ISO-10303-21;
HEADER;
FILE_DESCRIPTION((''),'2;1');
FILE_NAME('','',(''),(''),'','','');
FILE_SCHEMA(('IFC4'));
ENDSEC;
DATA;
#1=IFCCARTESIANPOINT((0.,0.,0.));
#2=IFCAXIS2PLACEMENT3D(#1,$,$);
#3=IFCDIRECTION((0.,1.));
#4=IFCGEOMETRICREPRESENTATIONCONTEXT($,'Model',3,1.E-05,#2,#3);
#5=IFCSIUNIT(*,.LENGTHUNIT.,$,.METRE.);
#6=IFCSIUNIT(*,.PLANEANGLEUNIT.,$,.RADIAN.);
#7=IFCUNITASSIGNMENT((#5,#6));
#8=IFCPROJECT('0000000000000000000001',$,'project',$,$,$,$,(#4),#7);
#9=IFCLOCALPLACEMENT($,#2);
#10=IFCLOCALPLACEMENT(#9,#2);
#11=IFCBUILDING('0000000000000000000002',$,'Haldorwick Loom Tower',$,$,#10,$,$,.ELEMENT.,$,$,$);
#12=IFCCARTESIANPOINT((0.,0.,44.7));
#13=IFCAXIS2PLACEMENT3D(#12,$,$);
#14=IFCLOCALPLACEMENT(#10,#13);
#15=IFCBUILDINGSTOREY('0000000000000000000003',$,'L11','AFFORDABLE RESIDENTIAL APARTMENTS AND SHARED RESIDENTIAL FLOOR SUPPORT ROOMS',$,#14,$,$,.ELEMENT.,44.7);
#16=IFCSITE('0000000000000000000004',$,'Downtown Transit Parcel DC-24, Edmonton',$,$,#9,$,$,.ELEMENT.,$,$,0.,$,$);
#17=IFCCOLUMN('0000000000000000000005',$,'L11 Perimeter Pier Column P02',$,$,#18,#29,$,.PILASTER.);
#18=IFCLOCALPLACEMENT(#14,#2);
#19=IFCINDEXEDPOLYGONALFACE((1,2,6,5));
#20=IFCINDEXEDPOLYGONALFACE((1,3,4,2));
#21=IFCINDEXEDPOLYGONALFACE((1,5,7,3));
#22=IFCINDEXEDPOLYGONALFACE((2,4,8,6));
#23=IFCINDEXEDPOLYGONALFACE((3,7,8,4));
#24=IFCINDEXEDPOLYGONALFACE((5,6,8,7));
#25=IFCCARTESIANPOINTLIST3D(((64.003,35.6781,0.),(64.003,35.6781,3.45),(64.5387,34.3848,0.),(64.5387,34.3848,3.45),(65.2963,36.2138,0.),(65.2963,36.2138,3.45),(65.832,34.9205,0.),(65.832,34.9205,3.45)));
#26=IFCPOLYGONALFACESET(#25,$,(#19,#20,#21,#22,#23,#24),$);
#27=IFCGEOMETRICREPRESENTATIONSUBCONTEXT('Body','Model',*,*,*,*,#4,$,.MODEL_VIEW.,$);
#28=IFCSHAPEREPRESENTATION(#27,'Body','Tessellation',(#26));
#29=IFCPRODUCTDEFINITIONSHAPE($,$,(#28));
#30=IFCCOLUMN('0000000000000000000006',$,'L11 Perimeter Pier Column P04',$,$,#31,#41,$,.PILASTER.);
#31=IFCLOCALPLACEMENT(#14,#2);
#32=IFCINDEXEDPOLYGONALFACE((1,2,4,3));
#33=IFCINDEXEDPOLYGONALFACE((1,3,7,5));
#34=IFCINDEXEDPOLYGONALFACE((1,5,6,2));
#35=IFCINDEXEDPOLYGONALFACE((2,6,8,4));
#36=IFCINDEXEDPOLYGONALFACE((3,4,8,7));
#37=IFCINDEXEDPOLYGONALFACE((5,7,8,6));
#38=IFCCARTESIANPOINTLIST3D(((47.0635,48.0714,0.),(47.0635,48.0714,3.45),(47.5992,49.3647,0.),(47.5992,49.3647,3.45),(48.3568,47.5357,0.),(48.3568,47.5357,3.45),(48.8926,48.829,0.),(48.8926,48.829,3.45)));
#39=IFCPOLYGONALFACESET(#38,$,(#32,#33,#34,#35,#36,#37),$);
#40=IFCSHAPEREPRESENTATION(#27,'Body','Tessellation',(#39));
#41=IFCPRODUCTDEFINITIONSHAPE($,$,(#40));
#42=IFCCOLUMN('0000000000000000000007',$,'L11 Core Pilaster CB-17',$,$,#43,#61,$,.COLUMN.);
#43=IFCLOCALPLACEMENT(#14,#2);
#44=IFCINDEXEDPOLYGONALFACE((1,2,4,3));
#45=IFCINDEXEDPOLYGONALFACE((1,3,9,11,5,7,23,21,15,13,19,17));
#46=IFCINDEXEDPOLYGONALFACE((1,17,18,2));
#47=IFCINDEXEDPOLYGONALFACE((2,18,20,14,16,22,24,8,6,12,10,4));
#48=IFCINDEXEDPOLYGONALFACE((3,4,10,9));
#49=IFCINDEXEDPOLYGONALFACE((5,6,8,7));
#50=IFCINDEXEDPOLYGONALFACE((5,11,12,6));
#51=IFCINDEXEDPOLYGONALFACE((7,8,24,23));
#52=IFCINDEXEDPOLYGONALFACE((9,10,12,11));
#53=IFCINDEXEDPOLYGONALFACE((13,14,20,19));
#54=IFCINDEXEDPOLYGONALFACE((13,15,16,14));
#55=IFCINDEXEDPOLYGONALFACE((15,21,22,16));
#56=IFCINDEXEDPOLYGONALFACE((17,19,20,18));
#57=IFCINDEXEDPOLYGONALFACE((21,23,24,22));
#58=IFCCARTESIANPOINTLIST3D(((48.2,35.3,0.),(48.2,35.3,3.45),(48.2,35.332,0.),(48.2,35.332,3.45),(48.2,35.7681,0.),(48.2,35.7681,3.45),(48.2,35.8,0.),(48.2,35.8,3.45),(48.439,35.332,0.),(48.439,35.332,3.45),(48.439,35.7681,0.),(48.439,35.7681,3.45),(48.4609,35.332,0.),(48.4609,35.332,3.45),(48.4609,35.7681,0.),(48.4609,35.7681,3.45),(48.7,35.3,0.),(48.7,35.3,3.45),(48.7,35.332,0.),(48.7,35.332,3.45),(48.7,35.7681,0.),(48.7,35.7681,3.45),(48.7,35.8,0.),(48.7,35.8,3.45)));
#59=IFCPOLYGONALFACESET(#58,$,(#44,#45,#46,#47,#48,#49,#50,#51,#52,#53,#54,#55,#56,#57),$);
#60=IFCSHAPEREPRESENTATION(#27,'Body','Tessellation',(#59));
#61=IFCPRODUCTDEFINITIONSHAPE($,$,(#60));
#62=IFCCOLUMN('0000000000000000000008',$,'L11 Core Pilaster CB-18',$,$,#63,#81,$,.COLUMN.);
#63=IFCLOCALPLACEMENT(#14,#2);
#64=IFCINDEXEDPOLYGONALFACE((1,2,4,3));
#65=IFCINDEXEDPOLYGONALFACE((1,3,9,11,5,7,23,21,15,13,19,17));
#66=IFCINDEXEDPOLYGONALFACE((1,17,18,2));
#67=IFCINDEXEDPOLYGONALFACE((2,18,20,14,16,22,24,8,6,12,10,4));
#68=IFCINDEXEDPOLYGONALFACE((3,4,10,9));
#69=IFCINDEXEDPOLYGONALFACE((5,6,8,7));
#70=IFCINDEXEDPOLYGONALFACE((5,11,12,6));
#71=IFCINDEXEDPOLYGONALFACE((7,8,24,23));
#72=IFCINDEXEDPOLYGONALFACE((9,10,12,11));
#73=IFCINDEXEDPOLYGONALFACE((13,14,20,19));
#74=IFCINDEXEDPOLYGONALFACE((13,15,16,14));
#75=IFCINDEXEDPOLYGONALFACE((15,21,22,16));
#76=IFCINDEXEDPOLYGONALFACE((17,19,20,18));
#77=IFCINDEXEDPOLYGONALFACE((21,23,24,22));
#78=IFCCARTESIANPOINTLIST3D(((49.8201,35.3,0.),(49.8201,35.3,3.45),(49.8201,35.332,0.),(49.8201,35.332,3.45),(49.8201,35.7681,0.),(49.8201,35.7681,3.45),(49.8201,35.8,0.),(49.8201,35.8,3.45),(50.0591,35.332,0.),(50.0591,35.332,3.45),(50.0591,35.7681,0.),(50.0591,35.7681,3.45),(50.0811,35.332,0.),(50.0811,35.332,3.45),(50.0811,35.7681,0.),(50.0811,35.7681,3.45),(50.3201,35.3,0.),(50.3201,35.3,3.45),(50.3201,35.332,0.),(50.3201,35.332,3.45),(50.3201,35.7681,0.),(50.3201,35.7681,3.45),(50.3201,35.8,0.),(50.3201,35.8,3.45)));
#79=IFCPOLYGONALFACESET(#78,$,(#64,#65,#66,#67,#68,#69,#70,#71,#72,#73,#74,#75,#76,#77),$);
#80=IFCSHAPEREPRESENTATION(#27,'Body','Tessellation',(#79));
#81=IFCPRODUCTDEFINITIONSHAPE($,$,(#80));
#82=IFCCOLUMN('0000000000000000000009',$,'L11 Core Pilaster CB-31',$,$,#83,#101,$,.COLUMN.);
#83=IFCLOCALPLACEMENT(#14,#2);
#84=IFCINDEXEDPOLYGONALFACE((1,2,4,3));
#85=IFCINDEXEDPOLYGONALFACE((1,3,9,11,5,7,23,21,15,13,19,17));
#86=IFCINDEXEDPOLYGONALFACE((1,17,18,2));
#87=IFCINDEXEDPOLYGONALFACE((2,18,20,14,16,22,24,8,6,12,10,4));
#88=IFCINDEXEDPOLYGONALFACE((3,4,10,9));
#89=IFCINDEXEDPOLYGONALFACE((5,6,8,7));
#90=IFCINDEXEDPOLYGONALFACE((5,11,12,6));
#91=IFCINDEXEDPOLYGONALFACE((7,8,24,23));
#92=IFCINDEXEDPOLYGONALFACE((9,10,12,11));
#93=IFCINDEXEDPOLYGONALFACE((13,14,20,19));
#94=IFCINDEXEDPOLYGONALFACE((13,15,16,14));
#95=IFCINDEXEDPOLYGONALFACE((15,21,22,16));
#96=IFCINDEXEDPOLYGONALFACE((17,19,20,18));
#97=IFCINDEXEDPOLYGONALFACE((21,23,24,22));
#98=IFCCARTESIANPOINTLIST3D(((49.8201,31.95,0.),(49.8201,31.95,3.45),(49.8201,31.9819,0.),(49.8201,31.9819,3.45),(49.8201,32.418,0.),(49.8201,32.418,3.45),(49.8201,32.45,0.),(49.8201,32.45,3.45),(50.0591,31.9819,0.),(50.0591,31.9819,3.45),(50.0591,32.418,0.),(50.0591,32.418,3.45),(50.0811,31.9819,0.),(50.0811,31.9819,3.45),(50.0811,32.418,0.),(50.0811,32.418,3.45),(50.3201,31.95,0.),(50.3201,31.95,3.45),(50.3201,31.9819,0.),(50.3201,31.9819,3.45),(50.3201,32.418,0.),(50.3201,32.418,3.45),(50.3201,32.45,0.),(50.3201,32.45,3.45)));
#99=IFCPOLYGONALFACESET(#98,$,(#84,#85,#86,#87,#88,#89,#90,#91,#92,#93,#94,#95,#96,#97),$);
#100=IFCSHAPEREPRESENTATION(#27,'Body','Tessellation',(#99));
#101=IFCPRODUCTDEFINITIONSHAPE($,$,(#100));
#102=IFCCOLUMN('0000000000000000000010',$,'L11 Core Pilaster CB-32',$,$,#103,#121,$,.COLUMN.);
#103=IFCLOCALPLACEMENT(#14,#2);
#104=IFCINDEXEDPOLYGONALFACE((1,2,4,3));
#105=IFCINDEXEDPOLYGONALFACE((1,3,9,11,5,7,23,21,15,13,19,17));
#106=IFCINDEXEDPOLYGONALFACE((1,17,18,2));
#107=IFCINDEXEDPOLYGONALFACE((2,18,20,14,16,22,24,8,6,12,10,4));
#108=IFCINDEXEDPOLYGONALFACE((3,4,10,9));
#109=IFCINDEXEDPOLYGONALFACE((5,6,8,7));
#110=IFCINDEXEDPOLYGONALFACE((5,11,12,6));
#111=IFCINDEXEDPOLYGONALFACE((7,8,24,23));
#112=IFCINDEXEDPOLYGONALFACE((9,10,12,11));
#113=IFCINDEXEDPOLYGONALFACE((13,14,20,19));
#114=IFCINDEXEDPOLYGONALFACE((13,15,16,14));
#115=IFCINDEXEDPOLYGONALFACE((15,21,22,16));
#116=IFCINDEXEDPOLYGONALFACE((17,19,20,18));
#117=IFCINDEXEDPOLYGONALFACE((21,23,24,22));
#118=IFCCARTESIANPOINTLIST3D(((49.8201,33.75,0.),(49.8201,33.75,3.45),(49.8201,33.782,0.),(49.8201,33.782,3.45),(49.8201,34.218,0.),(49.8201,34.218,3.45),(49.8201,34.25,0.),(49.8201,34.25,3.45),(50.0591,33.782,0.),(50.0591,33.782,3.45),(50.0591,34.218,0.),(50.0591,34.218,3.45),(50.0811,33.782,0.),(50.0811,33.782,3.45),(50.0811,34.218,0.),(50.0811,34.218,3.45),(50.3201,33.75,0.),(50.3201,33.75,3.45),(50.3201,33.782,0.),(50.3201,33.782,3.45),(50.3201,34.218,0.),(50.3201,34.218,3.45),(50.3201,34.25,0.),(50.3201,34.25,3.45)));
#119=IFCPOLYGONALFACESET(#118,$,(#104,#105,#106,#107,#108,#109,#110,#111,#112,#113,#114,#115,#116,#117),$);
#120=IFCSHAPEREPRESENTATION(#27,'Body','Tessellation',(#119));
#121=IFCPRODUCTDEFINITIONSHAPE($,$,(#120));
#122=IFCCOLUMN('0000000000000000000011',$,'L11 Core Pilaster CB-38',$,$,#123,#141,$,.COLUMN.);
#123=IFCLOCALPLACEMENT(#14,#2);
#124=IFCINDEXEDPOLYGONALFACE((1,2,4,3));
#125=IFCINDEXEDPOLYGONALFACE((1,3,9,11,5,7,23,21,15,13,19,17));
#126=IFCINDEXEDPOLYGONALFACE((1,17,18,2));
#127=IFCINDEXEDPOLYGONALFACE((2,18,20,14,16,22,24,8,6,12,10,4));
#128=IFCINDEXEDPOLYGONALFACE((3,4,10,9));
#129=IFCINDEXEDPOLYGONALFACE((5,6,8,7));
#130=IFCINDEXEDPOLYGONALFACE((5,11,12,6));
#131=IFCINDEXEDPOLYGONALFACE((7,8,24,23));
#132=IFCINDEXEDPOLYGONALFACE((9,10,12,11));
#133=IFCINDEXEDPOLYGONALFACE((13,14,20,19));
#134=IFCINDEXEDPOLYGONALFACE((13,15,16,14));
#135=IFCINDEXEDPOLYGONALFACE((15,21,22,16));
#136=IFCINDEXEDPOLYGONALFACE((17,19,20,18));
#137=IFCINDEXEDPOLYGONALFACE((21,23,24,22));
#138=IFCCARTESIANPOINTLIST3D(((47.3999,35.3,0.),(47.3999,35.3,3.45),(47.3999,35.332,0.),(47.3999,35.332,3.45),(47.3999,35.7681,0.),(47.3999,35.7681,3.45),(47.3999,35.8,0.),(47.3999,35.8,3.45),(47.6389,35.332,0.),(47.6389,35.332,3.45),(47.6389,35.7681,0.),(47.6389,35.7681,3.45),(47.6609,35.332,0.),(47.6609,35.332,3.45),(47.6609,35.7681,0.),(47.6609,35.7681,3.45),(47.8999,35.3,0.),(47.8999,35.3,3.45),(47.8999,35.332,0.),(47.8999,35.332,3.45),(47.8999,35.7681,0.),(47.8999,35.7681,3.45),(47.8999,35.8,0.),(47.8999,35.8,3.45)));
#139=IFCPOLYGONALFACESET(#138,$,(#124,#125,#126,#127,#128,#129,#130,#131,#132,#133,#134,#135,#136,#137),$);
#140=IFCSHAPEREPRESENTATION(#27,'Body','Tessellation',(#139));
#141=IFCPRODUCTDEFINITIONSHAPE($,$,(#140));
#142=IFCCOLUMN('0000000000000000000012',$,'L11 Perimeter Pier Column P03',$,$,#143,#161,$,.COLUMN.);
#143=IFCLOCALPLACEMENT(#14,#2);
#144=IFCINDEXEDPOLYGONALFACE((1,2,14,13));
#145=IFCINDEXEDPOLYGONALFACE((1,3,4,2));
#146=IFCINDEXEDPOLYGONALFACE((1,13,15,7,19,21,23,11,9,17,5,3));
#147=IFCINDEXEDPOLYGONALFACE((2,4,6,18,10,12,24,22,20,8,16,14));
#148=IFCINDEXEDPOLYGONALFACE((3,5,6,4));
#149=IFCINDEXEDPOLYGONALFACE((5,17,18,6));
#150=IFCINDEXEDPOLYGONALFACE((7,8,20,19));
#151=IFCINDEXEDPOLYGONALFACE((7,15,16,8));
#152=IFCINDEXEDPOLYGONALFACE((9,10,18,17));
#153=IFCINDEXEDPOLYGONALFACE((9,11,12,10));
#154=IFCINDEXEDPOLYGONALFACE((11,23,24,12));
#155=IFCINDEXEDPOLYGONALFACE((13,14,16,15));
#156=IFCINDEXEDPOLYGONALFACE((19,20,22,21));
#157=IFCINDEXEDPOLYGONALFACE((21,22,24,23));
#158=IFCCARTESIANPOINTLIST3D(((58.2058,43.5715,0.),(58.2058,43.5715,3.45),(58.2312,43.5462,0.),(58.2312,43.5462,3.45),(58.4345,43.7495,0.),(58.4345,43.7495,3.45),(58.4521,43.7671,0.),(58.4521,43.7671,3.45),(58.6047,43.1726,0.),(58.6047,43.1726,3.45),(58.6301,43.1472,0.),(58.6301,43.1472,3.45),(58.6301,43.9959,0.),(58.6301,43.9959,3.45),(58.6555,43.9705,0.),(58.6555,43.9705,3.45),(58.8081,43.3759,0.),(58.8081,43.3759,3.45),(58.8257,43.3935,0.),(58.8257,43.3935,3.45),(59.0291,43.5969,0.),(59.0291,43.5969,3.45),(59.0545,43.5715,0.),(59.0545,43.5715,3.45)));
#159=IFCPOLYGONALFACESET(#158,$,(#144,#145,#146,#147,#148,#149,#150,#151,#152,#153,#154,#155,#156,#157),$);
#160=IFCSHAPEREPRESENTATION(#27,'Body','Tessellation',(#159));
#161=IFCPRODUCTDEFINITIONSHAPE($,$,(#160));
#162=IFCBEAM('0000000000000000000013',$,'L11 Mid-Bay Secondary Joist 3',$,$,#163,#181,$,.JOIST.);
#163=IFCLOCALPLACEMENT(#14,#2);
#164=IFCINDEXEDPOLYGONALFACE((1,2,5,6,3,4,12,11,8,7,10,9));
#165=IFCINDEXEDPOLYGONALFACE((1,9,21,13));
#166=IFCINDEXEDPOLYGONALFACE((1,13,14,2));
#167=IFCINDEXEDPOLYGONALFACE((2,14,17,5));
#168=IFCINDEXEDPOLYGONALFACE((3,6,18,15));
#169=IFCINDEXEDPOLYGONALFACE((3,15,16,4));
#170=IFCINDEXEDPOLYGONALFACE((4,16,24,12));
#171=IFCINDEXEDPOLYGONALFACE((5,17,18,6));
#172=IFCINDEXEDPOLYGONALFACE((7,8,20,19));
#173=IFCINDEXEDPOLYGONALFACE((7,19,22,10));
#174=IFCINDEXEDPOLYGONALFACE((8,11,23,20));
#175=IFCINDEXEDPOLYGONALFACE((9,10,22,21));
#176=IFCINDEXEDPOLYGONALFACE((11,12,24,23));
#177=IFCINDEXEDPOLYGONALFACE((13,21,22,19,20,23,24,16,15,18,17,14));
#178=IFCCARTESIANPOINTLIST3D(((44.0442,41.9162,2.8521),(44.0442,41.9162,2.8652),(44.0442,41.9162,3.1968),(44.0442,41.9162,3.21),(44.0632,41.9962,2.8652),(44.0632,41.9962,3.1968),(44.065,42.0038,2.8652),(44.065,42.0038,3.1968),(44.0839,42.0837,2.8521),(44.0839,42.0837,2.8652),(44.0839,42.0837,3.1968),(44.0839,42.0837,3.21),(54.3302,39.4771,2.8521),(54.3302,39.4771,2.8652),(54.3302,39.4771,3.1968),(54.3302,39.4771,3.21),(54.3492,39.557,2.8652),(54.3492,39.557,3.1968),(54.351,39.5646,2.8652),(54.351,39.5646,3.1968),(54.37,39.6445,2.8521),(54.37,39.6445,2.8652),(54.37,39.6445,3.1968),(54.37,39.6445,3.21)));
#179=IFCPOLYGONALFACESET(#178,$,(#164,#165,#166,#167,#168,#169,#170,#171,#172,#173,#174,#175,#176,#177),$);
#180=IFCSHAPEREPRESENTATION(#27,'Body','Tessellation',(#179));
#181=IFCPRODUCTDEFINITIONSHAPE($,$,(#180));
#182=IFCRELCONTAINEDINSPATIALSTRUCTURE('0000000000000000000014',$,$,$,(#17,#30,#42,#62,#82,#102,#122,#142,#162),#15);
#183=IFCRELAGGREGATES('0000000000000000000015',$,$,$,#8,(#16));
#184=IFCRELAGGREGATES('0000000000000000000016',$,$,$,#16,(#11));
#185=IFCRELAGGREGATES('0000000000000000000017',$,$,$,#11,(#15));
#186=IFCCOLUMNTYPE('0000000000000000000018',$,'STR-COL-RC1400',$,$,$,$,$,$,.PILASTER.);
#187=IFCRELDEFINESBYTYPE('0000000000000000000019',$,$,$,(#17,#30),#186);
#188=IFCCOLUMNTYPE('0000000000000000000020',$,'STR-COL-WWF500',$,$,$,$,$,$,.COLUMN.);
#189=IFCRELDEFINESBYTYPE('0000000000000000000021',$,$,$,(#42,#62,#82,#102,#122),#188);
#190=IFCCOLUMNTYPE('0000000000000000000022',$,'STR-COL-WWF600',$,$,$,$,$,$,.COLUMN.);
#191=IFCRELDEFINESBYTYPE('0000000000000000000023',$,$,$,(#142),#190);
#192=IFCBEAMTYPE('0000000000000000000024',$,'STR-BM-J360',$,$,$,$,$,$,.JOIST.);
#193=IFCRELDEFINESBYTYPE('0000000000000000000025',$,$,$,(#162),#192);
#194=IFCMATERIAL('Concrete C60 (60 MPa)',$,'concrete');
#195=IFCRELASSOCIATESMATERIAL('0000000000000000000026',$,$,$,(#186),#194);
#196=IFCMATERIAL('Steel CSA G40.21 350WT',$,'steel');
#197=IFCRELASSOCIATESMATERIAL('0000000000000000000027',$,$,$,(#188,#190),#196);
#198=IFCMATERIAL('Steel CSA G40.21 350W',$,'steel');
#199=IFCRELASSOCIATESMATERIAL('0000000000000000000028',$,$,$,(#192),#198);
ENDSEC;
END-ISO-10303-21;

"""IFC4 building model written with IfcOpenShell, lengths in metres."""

from ifc_helpers import new_model, si_unit, direction, frame, origin, origin_2d, place, context, subcontext, project, spatial, rectangle, i_section, extrude, material, material_profile, profile_set, type_object, element, save


model = new_model("IFC4")

# Units and contexts
model_context = context("Model", 3, precision=1e-05, world=origin(), true_north=direction((0.0, 1.0)))
body_context = subcontext(model_context, "Body", "Model", "MODEL_VIEW")
ifc_project = project(units=[si_unit("LENGTHUNIT", "METRE"), si_unit("PLANEANGLEUNIT", "RADIAN")], contexts=[model_context])

# Site, building, storey
site_placement = place(None, origin())
site = spatial("IfcSite", under=ifc_project, at=site_placement, Name="Downtown Transit Parcel DC-24, Edmonton", CompositionType="ELEMENT", RefElevation=0.0)
building_placement = place(site_placement, origin())
building = spatial("IfcBuilding", under=site, at=building_placement, Name="Haldorwick Loom Tower", CompositionType="ELEMENT")
storey_placement = place(building_placement, frame((0.0, 0.0, 44.7)))
storey = spatial("IfcBuildingStorey", under=building, at=storey_placement, Name="L11", Description="AFFORDABLE RESIDENTIAL APARTMENTS AND SHARED RESIDENTIAL FLOOR SUPPORT ROOMS", CompositionType="ELEMENT", Elevation=44.7)

# Columns
ifc_material_1 = material(Name="Concrete C60 (60 MPa)", Category="concrete")
ifc_material_profile_1 = material_profile(ifc_material_1, rectangle(XDim=1.3999, YDim=1.3999, at=origin_2d()), Name="RC1400X1400", Category="concrete")
ifc_profile_set_1 = profile_set([ifc_material_profile_1], Name="Concrete C60 (60 MPa)")
column_type_1 = type_object("IfcColumnType", Name="STR-COL-RC1400", PredefinedType="PILASTER", material=ifc_profile_set_1)
for number, where, z_axis, x_axis, name in (
    (1, (64.9175, 35.2993, 0.0), (0.0, 0.0, 1.0), (0.92388, 0.382683, 0.0), "L11 Perimeter Pier Column P02"),
    (2, (47.978, 48.4502, 0.0), (0.0, 0.0, 1.0), (0.382683, 0.92388, 0.0), "L11 Perimeter Pier Column P04"),
):
    element("IfcColumn", number, at=place(storey_placement, frame(where, z_axis=z_axis, x_axis=x_axis)), inside=storey, type_object=column_type_1, Name=name, PredefinedType="PILASTER", context=body_context, shape_type="SweptSolid", body=[
        extrude(rectangle(XDim=1.3999, YDim=1.3999, at=origin_2d()), origin(), (0.0, 0.0, 1.0), 3.45),
    ])
ifc_material_2 = material(Name="Steel CSA G40.21 350WT", Category="steel")
ifc_material_profile_2 = material_profile(ifc_material_2, i_section(OverallWidth=0.5, OverallDepth=0.5, WebThickness=0.022, FlangeThickness=0.032, at=origin_2d()), Name="WWF500X500", Category="steel")
ifc_profile_set_2 = profile_set([ifc_material_profile_2], Name="Steel CSA G40.21 350WT")
column_type_2 = type_object("IfcColumnType", Name="STR-COL-WWF500", PredefinedType="COLUMN", material=ifc_profile_set_2)
for number, where, z_axis, x_axis, name in (
    (3, (48.45, 35.55, 0.0), (0.0, 0.0, 1.0), (1.0, 0.0, 0.0), "L11 Core Pilaster CB-17"),
    (4, (50.0701, 35.55, 0.0), (0.0, 0.0, 1.0), (1.0, 0.0, 0.0), "L11 Core Pilaster CB-18"),
    (5, (50.0701, 32.2, 0.0), (0.0, 0.0, 1.0), (1.0, 0.0, 0.0), "L11 Core Pilaster CB-31"),
    (6, (50.0701, 34.0, 0.0), (0.0, 0.0, 1.0), (1.0, 0.0, 0.0), "L11 Core Pilaster CB-32"),
    (7, (47.6499, 35.55, 0.0), (0.0, 0.0, 1.0), (1.0, 0.0, 0.0), "L11 Core Pilaster CB-38"),
):
    element("IfcColumn", number, at=place(storey_placement, frame(where, z_axis=z_axis, x_axis=x_axis)), inside=storey, type_object=column_type_2, Name=name, PredefinedType="COLUMN", context=body_context, shape_type="SweptSolid", body=[
        extrude(i_section(OverallWidth=0.5, OverallDepth=0.5, WebThickness=0.022, FlangeThickness=0.032, at=origin_2d()), origin(), (0.0, 0.0, 1.0), 3.45),
    ])
ifc_material_profile_3 = material_profile(ifc_material_2, i_section(OverallWidth=0.6001, OverallDepth=0.6001, WebThickness=0.0249, FlangeThickness=0.0359, at=origin_2d()), Name="WWF600X600", Category="steel")
ifc_profile_set_3 = profile_set([ifc_material_profile_3], Name="Steel CSA G40.21 350WT")
column_type_3 = type_object("IfcColumnType", Name="STR-COL-WWF600", PredefinedType="COLUMN", material=ifc_profile_set_3)
column_placement = place(storey_placement, frame((58.6301, 43.5715, 0.0), z_axis=(0.0, 0.0, 1.0), x_axis=(0.707107, 0.707107, 0.0)))
element("IfcColumn", 8, at=column_placement, inside=storey, type_object=column_type_3, Name="L11 Perimeter Pier Column P03", PredefinedType="COLUMN", context=body_context, shape_type="SweptSolid", body=[
    extrude(i_section(OverallWidth=0.6001, OverallDepth=0.6001, WebThickness=0.0249, FlangeThickness=0.0359, at=origin_2d()), origin(), (0.0, 0.0, 1.0), 3.45),
])

# Beam
ifc_material_3 = material(Name="Steel CSA G40.21 350W", Category="steel")
ifc_material_profile_4 = material_profile(ifc_material_3, i_section(OverallWidth=0.1721, OverallDepth=0.3579, WebThickness=0.0078, FlangeThickness=0.0132, at=origin_2d()), Name="W360X57", Category="steel")
ifc_profile_set_4 = profile_set([ifc_material_profile_4], Name="Steel CSA G40.21 350W")
beam_type_1 = type_object("IfcBeamType", Name="STR-BM-J360", PredefinedType="JOIST", material=ifc_profile_set_4)
beam_1_placement = place(storey_placement, frame((54.3501, 39.5608, 3.031), z_axis=(-0.973016, 0.230737, 0.0), x_axis=(-0.230737, -0.973016, 0.0)))
element("IfcBeam", 9, at=beam_1_placement, inside=storey, type_object=beam_type_1, Name="L11 Mid-Bay Secondary Joist 3", PredefinedType="JOIST", context=body_context, shape_type="SweptSolid", body=[
    extrude(i_section(OverallWidth=0.1721, OverallDepth=0.3579, WebThickness=0.0078, FlangeThickness=0.0132, at=origin_2d()), origin(), (0.0, 0.0, 1.0), 10.5713),
])

save(model, "model.ifc")
